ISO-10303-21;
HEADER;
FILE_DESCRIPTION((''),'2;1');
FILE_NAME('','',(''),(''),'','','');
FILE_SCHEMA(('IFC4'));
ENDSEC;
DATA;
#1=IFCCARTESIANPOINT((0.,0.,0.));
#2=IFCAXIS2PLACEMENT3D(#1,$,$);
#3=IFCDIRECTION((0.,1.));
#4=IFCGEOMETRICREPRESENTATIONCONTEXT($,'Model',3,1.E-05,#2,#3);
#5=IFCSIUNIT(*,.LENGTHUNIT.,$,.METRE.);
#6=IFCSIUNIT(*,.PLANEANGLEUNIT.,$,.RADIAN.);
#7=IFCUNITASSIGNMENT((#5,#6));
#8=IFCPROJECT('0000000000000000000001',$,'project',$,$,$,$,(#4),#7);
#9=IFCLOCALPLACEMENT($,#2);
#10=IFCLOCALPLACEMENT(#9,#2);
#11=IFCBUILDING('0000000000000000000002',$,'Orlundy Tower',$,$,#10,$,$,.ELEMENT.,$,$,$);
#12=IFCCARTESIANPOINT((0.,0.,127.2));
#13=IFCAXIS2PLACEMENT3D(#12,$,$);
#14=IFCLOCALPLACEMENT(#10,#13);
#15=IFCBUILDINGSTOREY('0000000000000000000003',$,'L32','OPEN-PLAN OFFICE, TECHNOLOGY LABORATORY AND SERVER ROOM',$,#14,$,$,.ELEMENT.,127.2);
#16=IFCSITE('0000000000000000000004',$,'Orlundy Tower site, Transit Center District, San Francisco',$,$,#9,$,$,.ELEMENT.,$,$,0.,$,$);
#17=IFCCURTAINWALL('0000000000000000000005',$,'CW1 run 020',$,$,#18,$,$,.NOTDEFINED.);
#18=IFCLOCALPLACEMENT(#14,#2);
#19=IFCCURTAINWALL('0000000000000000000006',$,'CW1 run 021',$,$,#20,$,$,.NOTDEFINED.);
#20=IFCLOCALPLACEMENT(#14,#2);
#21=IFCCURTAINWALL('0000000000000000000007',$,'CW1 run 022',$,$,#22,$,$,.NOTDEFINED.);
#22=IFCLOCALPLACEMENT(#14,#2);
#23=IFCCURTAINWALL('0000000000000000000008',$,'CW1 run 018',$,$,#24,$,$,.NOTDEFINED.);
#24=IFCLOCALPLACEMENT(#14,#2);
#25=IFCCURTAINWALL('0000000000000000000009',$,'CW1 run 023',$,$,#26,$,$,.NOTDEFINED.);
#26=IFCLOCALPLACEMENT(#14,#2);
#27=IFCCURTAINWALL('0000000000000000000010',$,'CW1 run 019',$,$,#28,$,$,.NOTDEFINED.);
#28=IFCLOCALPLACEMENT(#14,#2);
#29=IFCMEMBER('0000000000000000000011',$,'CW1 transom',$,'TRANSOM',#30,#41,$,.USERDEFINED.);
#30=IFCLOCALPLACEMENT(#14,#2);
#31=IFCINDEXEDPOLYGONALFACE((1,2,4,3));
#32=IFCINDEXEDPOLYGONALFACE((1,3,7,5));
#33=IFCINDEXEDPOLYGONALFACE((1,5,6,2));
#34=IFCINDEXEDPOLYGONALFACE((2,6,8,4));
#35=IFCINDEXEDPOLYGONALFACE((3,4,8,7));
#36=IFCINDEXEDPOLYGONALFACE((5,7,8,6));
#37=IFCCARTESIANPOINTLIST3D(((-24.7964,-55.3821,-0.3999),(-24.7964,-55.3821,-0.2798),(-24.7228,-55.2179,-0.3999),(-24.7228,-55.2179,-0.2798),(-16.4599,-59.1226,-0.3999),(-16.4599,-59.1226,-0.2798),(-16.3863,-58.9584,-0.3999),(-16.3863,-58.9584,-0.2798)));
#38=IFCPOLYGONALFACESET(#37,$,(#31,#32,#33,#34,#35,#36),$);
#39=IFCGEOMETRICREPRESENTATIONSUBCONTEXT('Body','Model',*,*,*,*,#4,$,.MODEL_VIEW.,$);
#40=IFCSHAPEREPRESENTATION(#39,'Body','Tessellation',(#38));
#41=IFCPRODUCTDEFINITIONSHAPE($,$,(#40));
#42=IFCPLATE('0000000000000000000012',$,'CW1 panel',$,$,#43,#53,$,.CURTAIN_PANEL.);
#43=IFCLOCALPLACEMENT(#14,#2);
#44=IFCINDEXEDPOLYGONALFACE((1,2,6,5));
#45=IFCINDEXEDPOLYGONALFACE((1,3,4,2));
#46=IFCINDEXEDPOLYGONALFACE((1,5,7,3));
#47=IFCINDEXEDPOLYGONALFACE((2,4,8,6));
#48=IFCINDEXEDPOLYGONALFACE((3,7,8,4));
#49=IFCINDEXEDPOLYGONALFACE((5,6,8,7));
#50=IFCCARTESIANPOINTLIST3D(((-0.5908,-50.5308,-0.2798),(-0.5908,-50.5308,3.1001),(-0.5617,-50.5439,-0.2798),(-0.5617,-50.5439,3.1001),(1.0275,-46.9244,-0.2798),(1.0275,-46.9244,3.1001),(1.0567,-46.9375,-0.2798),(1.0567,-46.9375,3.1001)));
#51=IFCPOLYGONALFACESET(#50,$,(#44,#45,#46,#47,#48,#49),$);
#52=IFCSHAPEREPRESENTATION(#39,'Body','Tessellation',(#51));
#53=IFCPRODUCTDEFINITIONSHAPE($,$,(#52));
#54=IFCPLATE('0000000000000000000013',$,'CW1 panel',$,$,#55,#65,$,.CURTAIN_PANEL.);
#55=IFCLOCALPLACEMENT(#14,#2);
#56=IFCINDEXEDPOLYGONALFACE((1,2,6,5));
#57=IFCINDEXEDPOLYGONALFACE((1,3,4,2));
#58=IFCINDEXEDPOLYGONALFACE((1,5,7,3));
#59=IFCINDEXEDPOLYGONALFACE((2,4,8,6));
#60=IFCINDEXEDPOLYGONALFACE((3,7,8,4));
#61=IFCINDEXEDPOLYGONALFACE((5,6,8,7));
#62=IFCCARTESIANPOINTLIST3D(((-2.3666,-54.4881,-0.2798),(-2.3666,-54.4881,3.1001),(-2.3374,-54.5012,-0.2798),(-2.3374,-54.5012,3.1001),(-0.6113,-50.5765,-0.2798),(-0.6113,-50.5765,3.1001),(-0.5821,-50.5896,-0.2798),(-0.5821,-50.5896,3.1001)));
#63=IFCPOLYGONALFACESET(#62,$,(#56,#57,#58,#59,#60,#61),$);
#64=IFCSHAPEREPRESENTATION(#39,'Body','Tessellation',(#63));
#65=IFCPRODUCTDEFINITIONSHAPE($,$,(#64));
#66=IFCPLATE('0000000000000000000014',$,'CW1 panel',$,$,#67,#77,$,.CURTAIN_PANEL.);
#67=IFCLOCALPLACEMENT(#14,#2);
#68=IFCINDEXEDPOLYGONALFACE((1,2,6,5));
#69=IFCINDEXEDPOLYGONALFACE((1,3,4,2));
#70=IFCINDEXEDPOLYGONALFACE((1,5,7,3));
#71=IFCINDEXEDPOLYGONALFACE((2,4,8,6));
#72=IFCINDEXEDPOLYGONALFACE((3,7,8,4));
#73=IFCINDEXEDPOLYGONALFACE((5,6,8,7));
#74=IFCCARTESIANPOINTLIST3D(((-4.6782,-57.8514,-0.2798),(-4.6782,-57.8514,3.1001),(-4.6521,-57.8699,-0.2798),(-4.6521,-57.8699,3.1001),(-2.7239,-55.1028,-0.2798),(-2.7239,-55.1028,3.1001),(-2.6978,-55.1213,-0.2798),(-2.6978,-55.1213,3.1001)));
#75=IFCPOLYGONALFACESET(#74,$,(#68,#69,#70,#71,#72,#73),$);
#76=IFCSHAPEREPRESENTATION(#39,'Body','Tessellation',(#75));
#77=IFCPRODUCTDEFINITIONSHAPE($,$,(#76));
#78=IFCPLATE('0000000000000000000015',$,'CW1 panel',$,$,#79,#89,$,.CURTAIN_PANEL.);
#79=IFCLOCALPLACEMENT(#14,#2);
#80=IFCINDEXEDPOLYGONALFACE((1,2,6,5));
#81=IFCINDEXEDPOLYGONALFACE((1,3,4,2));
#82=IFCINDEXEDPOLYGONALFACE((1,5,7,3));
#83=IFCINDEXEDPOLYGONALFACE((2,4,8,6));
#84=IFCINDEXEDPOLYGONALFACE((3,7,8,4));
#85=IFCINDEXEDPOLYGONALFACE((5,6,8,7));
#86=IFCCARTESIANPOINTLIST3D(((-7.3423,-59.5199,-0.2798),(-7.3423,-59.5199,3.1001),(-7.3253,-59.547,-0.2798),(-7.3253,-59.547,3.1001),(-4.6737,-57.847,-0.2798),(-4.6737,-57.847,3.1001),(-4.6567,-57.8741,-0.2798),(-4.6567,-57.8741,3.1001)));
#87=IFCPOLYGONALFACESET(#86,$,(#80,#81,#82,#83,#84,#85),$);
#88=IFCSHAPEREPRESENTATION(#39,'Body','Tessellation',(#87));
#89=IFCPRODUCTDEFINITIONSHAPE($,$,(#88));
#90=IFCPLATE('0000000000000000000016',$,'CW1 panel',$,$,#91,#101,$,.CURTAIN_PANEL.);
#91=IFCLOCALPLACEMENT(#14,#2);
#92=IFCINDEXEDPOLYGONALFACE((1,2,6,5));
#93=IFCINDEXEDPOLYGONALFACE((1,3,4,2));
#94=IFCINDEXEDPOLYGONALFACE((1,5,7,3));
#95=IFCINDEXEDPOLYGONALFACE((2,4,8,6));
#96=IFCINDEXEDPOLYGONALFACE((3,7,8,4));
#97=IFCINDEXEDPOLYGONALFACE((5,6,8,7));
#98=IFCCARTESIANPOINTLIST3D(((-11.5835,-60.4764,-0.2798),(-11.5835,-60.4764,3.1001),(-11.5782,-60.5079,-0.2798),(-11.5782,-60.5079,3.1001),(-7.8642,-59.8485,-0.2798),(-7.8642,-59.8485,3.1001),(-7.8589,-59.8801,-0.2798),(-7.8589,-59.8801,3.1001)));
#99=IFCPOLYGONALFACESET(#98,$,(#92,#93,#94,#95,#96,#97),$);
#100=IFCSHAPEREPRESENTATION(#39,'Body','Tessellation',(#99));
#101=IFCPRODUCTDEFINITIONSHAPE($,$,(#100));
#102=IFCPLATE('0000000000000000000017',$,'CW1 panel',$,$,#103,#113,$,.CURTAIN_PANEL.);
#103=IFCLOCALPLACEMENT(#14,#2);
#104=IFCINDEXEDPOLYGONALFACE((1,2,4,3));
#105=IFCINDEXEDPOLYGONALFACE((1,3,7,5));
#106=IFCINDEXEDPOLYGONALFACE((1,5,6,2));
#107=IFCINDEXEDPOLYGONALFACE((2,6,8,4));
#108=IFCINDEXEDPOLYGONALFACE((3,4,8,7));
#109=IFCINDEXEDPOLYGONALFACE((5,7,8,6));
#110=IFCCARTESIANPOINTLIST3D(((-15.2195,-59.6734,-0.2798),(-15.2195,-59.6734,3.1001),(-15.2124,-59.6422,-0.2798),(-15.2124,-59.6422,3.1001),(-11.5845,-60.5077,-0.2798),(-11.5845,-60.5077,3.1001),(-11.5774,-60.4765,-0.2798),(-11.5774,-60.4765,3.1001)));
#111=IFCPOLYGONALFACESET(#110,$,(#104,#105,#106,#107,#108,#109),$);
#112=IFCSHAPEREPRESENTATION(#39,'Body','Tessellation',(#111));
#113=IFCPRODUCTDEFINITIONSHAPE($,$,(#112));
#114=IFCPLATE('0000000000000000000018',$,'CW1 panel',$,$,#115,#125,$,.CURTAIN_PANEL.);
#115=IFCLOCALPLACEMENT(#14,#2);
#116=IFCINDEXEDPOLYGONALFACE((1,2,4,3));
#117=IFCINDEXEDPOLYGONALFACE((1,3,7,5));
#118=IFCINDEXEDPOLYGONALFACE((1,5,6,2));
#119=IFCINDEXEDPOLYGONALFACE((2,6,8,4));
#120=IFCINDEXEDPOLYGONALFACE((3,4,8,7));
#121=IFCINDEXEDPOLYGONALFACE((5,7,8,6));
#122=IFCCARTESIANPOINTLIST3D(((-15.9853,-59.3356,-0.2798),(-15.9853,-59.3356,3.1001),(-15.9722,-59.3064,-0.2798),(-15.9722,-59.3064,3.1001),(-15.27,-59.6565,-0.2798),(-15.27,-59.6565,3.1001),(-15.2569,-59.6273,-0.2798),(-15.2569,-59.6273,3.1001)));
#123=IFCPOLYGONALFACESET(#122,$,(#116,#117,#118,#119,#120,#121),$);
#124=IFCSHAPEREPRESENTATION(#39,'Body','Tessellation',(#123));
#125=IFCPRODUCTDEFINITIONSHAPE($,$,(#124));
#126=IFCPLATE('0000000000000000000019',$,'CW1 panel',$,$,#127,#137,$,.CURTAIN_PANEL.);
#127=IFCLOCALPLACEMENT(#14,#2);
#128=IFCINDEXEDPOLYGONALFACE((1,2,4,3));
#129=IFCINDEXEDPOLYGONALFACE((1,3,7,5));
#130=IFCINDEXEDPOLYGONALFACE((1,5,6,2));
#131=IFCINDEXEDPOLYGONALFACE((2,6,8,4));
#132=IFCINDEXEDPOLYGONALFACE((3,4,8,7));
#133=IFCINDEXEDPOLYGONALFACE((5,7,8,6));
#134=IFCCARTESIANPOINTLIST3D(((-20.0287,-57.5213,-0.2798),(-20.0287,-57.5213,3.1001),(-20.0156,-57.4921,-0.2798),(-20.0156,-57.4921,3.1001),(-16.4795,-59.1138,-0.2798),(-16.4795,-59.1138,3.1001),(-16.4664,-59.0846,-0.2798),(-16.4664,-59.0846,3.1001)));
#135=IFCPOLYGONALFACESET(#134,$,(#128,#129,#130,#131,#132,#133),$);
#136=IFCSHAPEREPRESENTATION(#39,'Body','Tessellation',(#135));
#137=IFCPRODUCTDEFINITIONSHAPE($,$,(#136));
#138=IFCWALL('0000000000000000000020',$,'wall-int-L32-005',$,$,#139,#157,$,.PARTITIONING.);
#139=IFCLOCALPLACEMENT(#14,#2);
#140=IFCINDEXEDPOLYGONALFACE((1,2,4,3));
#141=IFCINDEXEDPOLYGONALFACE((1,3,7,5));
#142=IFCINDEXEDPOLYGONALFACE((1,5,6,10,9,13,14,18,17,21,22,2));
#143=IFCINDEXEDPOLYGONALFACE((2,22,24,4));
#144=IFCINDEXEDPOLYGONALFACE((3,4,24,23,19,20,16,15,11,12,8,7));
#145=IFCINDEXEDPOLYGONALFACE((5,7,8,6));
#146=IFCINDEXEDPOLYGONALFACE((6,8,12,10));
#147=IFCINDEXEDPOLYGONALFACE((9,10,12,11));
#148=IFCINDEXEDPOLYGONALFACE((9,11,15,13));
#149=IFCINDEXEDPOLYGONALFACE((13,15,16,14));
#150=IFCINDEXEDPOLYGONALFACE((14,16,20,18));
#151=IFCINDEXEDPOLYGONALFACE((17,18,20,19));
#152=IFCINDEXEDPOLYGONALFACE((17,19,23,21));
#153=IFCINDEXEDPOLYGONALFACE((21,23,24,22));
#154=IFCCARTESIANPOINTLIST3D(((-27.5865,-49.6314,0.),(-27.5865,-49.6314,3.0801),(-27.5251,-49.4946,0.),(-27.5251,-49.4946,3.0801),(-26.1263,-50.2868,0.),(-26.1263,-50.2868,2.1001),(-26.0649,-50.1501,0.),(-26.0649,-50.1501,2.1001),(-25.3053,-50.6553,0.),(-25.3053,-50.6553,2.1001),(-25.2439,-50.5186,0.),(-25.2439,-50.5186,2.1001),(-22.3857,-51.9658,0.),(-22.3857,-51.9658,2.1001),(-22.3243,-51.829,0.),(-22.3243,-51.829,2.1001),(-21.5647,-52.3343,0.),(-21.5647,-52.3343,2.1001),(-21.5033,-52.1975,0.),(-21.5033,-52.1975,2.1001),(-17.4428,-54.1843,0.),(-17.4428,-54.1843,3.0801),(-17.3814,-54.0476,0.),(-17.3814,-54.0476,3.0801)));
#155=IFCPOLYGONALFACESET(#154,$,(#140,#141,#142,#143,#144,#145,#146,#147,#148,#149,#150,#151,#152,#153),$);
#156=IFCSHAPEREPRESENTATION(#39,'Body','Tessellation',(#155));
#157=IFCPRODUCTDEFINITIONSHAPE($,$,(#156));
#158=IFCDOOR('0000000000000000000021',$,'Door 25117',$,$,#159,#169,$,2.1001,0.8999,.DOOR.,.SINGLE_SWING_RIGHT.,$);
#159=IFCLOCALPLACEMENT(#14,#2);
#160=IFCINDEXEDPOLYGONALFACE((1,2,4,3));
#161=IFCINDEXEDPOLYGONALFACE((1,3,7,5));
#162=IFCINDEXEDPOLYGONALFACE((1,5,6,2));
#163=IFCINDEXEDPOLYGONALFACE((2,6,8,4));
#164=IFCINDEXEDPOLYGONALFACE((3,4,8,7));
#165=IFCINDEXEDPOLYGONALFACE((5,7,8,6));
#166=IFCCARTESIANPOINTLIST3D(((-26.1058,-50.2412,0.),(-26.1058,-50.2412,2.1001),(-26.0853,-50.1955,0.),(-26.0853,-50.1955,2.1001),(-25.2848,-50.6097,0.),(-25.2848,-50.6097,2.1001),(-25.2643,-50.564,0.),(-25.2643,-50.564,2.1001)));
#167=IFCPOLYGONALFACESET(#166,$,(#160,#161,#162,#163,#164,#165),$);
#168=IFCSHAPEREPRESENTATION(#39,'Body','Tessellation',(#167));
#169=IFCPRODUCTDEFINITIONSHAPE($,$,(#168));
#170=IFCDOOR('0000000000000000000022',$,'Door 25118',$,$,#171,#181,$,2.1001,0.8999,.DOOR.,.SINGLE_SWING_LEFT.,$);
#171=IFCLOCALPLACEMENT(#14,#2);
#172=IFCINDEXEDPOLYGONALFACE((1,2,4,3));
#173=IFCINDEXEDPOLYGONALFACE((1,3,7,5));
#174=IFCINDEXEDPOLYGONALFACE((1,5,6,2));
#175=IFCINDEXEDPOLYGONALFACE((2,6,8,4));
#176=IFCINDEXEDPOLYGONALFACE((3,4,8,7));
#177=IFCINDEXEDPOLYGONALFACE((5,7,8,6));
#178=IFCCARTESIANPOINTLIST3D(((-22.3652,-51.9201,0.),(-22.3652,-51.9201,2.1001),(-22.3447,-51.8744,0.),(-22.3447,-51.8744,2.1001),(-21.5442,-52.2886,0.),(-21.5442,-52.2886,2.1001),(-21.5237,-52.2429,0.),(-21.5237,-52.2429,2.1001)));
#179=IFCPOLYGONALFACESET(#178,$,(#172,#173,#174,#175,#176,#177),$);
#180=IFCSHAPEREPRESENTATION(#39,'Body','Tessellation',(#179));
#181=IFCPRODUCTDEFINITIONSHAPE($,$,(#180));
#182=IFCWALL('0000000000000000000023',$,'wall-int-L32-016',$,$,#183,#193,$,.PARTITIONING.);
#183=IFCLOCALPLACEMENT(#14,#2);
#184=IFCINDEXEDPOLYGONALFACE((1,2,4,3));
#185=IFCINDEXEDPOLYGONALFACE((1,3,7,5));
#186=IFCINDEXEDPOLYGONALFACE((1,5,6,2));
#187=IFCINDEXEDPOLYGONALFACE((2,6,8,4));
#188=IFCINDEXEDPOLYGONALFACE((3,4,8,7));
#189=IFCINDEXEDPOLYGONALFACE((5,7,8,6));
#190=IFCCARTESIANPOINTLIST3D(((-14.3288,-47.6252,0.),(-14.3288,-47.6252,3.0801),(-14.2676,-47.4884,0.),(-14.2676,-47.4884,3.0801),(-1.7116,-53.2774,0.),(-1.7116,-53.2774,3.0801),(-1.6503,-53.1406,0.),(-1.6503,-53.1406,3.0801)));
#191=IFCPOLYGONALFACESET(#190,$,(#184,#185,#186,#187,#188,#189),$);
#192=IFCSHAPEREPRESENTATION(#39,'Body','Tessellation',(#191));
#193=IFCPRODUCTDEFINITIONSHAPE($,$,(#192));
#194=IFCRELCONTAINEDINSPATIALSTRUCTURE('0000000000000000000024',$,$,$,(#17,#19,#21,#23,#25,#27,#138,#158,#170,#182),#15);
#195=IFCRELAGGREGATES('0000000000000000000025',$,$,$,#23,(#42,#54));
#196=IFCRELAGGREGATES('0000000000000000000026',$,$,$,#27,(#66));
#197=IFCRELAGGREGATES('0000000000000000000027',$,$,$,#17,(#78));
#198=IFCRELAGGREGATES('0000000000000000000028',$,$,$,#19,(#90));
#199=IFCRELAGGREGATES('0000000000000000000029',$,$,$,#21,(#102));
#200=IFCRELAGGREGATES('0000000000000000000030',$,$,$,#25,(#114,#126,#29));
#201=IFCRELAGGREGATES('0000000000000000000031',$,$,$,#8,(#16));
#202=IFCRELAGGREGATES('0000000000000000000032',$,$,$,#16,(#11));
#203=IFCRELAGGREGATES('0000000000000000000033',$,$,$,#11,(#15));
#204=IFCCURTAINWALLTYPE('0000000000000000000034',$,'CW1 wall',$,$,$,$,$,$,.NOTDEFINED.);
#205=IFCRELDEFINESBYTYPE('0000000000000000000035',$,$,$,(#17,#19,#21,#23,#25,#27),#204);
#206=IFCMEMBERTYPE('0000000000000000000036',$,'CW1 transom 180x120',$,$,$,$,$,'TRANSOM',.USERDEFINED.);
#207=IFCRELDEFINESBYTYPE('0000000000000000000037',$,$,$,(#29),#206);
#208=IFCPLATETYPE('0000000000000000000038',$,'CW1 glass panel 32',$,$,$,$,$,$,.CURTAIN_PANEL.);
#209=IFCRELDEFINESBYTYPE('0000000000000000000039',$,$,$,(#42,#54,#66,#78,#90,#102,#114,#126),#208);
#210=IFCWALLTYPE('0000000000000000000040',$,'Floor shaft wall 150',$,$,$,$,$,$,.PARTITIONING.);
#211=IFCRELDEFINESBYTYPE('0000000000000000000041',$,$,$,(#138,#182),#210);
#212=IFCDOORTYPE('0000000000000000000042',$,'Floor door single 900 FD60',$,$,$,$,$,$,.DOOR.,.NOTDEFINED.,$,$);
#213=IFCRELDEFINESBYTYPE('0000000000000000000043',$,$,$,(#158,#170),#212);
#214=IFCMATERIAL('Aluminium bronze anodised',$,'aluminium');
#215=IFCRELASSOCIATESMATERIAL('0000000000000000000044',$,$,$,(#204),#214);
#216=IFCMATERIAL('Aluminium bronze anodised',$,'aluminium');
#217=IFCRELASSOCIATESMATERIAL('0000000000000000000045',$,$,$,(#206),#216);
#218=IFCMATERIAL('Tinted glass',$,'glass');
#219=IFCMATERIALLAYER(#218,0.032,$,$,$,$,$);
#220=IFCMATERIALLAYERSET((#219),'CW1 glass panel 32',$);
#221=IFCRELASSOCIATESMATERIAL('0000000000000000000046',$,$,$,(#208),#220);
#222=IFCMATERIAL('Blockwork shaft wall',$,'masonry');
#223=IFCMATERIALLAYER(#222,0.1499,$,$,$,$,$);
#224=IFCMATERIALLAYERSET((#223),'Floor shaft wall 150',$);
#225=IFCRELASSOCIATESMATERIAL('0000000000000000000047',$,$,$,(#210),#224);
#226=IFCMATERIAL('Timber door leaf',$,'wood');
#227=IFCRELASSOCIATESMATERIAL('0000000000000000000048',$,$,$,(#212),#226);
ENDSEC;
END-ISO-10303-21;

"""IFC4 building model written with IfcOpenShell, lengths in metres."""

from ifc_helpers import new_model, si_unit, direction, frame, frame_2d, origin, origin_2d, place, context, subcontext, project, spatial, rectangle, extrude, material, layer, layer_set, material_profile, profile_set, type_object, element, fill, aggregate, save


model = new_model("IFC4")

# Units and contexts
model_context = context("Model", 3, precision=1e-05, world=origin(), true_north=direction((0.0, 1.0)))
body_context = subcontext(model_context, "Body", "Model", "MODEL_VIEW")
ifc_project = project(units=[si_unit("LENGTHUNIT", "METRE"), si_unit("PLANEANGLEUNIT", "RADIAN")], contexts=[model_context])

# Site, building, storey
site_placement = place(None, origin())
site = spatial("IfcSite", under=ifc_project, at=site_placement, Name="Orlundy Tower site, Transit Center District, San Francisco", CompositionType="ELEMENT", RefElevation=0.0)
building_placement = place(site_placement, origin())
building = spatial("IfcBuilding", under=site, at=building_placement, Name="Orlundy Tower", CompositionType="ELEMENT")
storey_placement = place(building_placement, frame((0.0, 0.0, 127.2)))
storey = spatial("IfcBuildingStorey", under=building, at=storey_placement, Name="L32", Description="OPEN-PLAN OFFICE, TECHNOLOGY LABORATORY AND SERVER ROOM", CompositionType="ELEMENT", Elevation=127.2)

# Curtain walls
ifc_material_1 = material(Name="Aluminium bronze anodised", Category="aluminium")
curtain_wall_type = type_object("IfcCurtainWallType", Name="CW1 wall", PredefinedType="NOTDEFINED", material=ifc_material_1)
curtain_wall_1_placement = place(storey_placement, origin())
curtain_wall_1 = element("IfcCurtainWall", 1, at=curtain_wall_1_placement, inside=storey, type_object=curtain_wall_type, Name="CW1 run 020", PredefinedType="NOTDEFINED")
curtain_wall_2_placement = place(storey_placement, origin())
curtain_wall_2 = element("IfcCurtainWall", 2, at=curtain_wall_2_placement, inside=storey, type_object=curtain_wall_type, Name="CW1 run 021", PredefinedType="NOTDEFINED")
curtain_wall_3_placement = place(storey_placement, origin())
curtain_wall_3 = element("IfcCurtainWall", 3, at=curtain_wall_3_placement, inside=storey, type_object=curtain_wall_type, Name="CW1 run 022", PredefinedType="NOTDEFINED")
curtain_wall_4_placement = place(storey_placement, origin())
curtain_wall_4 = element("IfcCurtainWall", 4, at=curtain_wall_4_placement, inside=storey, type_object=curtain_wall_type, Name="CW1 run 018", PredefinedType="NOTDEFINED")
curtain_wall_5_placement = place(storey_placement, origin())
curtain_wall_5 = element("IfcCurtainWall", 5, at=curtain_wall_5_placement, inside=storey, type_object=curtain_wall_type, Name="CW1 run 023", PredefinedType="NOTDEFINED")
curtain_wall_6_placement = place(storey_placement, origin())
curtain_wall_6 = element("IfcCurtainWall", 6, at=curtain_wall_6_placement, inside=storey, type_object=curtain_wall_type, Name="CW1 run 019", PredefinedType="NOTDEFINED")
ifc_material_2 = material(Name="Aluminium bronze anodised", Category="aluminium")
ifc_material_profile_1 = material_profile(ifc_material_2, rectangle(XDim=0.1799, YDim=0.1201, at=origin_2d()), Name="CW1 transom 180x120")
ifc_profile_set_1 = profile_set([ifc_material_profile_1], Name="Aluminium bronze anodised")
member_type_1 = type_object("IfcMemberType", Name="CW1 transom 180x120", ElementType="TRANSOM", PredefinedType="USERDEFINED", material=ifc_profile_set_1)

# Member
member_1_placement = place(storey_placement, frame((-16.4231, -59.0405, -0.3398), z_axis=(-0.912368, 0.409371, 0.0), x_axis=(-0.409371, -0.912368, 0.0)))
member_1 = element("IfcMember", 7, at=member_1_placement, type_object=member_type_1, Name="CW1 transom", ObjectType="TRANSOM", PredefinedType="USERDEFINED", context=body_context, shape_type="SweptSolid", body=[
    extrude(rectangle(XDim=0.1799, YDim=0.1201, at=origin_2d()), origin(), (0.0, 0.0, 1.0), 9.1372),
])

# Plates
ifc_material_3 = material(Name="Tinted glass", Category="glass")
ifc_layer_1 = layer(ifc_material_3, 0.032)
ifc_layer_set_1 = layer_set([ifc_layer_1], Name="CW1 glass panel 32")
plate_type = type_object("IfcPlateType", Name="CW1 glass panel 32", PredefinedType="CURTAIN_PANEL", material=ifc_layer_set_1)
plate_1_placement = place(storey_placement, frame((0.2329, -48.7341, -0.2798), z_axis=(0.0, 0.0, 1.0), x_axis=(-0.409405, -0.912353, 0.0)))
plate_1 = element("IfcPlate", 8, at=plate_1_placement, type_object=plate_type, Name="CW1 panel", PredefinedType="CURTAIN_PANEL", context=body_context, shape_type="SweptSolid", body=[
    extrude(rectangle(XDim=3.9529, YDim=0.032, at=origin_2d()), origin(), (0.0, 0.0, 1.0), 3.3799),
])
plate_2_placement = place(storey_placement, frame((-1.4744, -52.5388, -0.2798), z_axis=(0.0, 0.0, 1.0), x_axis=(-0.409405, -0.912353, 0.0)))
plate_2 = element("IfcPlate", 9, at=plate_2_placement, type_object=plate_type, Name="CW1 panel", PredefinedType="CURTAIN_PANEL", context=body_context, shape_type="SweptSolid", body=[
    extrude(rectangle(XDim=4.2874, YDim=0.032, at=origin_2d()), origin(), (0.0, 0.0, 1.0), 3.3799),
])
aggregate(curtain_wall_4, [plate_1, plate_2])
plate_3_placement = place(storey_placement, frame((-3.688, -56.4863, -0.2798), z_axis=(0.0, 0.0, 1.0), x_axis=(-0.579476, -0.814989, 0.0)))
plate_3 = element("IfcPlate", 10, at=plate_3_placement, type_object=plate_type, Name="CW1 panel", PredefinedType="CURTAIN_PANEL", context=body_context, shape_type="SweptSolid", body=[
    extrude(rectangle(XDim=3.3726, YDim=0.032, at=origin_2d()), origin(), (0.0, 0.0, 1.0), 3.3799),
])
aggregate(curtain_wall_6, [plate_3])
plate_4_placement = place(storey_placement, frame((-5.9995, -58.697, -0.2798), z_axis=(0.0, 0.0, 1.0), x_axis=(-0.847285, -0.531138, 0.0)))
plate_4 = element("IfcPlate", 11, at=plate_4_placement, type_object=plate_type, Name="CW1 panel", PredefinedType="CURTAIN_PANEL", context=body_context, shape_type="SweptSolid", body=[
    extrude(rectangle(XDim=3.1497, YDim=0.032, at=origin_2d()), origin(), (0.0, 0.0, 1.0), 3.3799),
])
aggregate(curtain_wall_1, [plate_4])
plate_5_placement = place(storey_placement, frame((-9.7212, -60.1782, -0.2798), z_axis=(0.0, 0.0, 1.0), x_axis=(-0.986049, -0.166455, 0.0)))
plate_5 = element("IfcPlate", 12, at=plate_5_placement, type_object=plate_type, Name="CW1 panel", PredefinedType="CURTAIN_PANEL", context=body_context, shape_type="SweptSolid", body=[
    extrude(rectangle(XDim=3.772, YDim=0.032, at=origin_2d()), origin(), (0.0, 0.0, 1.0), 3.3799),
])
aggregate(curtain_wall_2, [plate_5])
plate_6_placement = place(storey_placement, frame((-13.3984, -60.075, -0.2798), z_axis=(0.0, 0.0, 1.0), x_axis=(-0.974659, 0.223697, 0.0)))
plate_6 = element("IfcPlate", 13, at=plate_6_placement, type_object=plate_type, Name="CW1 panel", PredefinedType="CURTAIN_PANEL", context=body_context, shape_type="SweptSolid", body=[
    extrude(rectangle(XDim=3.7295, YDim=0.032, at=origin_2d()), origin(), (0.0, 0.0, 1.0), 3.3799),
])
aggregate(curtain_wall_3, [plate_6])
plate_7_placement = place(storey_placement, frame((-15.6211, -59.4814, -0.2798), z_axis=(0.0, 0.0, 1.0), x_axis=(-0.912366, 0.409374, 0.0)))
plate_7 = element("IfcPlate", 14, at=plate_7_placement, type_object=plate_type, Name="CW1 panel", PredefinedType="CURTAIN_PANEL", context=body_context, shape_type="SweptSolid", body=[
    extrude(rectangle(XDim=0.7839, YDim=0.032, at=origin_2d()), origin(), (0.0, 0.0, 1.0), 3.3799),
])
plate_8_placement = place(storey_placement, frame((-18.2476, -58.303, -0.2798), z_axis=(0.0, 0.0, 1.0), x_axis=(-0.912366, 0.409374, 0.0)))
plate_8 = element("IfcPlate", 15, at=plate_8_placement, type_object=plate_type, Name="CW1 panel", PredefinedType="CURTAIN_PANEL", context=body_context, shape_type="SweptSolid", body=[
    extrude(rectangle(XDim=3.8901, YDim=0.032, at=origin_2d()), origin(), (0.0, 0.0, 1.0), 3.3799),
])
aggregate(curtain_wall_5, [plate_7, plate_8, member_1])

# Wall, openings, doors
ifc_material_4 = material(Name="Blockwork shaft wall", Category="masonry")
ifc_layer_2 = layer(ifc_material_4, 0.1499)
ifc_layer_set_2 = layer_set([ifc_layer_2], Name="Floor shaft wall 150")
wall_type = type_object("IfcWallType", Name="Floor shaft wall 150", PredefinedType="PARTITIONING", material=ifc_layer_set_2)
wall_1_placement = place(storey_placement, frame((-17.4121, -54.116, 0.0), z_axis=(0.0, 0.0, 1.0), x_axis=(-0.912316, 0.409487, 0.0)))
wall_1 = element("IfcWall", 16, at=wall_1_placement, inside=storey, type_object=wall_type, Name="wall-int-L32-005", PredefinedType="PARTITIONING", context=body_context, shape_type="SweptSolid", body=[
    extrude(rectangle(XDim=11.1187, YDim=0.1499, at=frame_2d((5.5593, 0.0))), origin(), (0.0, 0.0, 1.0), 3.0801),
])
opening_1_placement = place(wall_1_placement, frame((8.6182, 0.0, 0.0)))
opening_1 = element("IfcOpeningElement", 17, at=opening_1_placement, cuts=wall_1, PredefinedType="OPENING", context=body_context, shape_type="SweptSolid", body=[
    extrude(rectangle(XDim=0.8999, YDim=2.1001, at=frame_2d((0.45, 1.05))), frame((0.0, 0.085, 0.0), z_axis=(0.0, -1.0, 0.0), x_axis=(1.0, 0.0, 0.0)), (0.0, 0.0, 1.0), 0.1699),
])
opening_2_placement = place(wall_1_placement, frame((4.5181, 0.0, 0.0)))
opening_2 = element("IfcOpeningElement", 18, at=opening_2_placement, cuts=wall_1, PredefinedType="OPENING", context=body_context, shape_type="SweptSolid", body=[
    extrude(rectangle(XDim=0.8999, YDim=2.1001, at=frame_2d((0.45, 1.05))), frame((0.0, 0.085, 0.0), z_axis=(0.0, -1.0, 0.0), x_axis=(1.0, 0.0, 0.0)), (0.0, 0.0, 1.0), 0.1699),
])
ifc_material_5 = material(Name="Timber door leaf", Category="wood")
door_type = type_object("IfcDoorType", Name="Floor door single 900 FD60", OperationType="NOTDEFINED", PredefinedType="DOOR", material=ifc_material_5)
door_1_placement = place(opening_1_placement, origin())
door_1 = element("IfcDoor", 19, at=door_1_placement, inside=storey, type_object=door_type, Name="Door 25117", OperationType="SINGLE_SWING_RIGHT", OverallHeight=2.1001, OverallWidth=0.8999, PredefinedType="DOOR", context=body_context, shape_type="SweptSolid", body=[
    extrude(rectangle(XDim=0.8999, YDim=2.1001, at=frame_2d((0.45, 1.05))), frame((0.0, 0.0249, 0.0), z_axis=(0.0, -1.0, 0.0), x_axis=(1.0, 0.0, 0.0)), (0.0, 0.0, 1.0), 0.05),
])
fill(opening_1, door_1)
door_2_placement = place(opening_2_placement, origin())
door_2 = element("IfcDoor", 20, at=door_2_placement, inside=storey, type_object=door_type, Name="Door 25118", OperationType="SINGLE_SWING_LEFT", OverallHeight=2.1001, OverallWidth=0.8999, PredefinedType="DOOR", context=body_context, shape_type="SweptSolid", body=[
    extrude(rectangle(XDim=0.8999, YDim=2.1001, at=frame_2d((0.45, 1.05))), frame((0.0, 0.0249, 0.0), z_axis=(0.0, -1.0, 0.0), x_axis=(1.0, 0.0, 0.0)), (0.0, 0.0, 1.0), 0.05),
])
fill(opening_2, door_2)

# Wall
wall_2_placement = place(storey_placement, frame((-14.2981, -47.5569, 0.0), z_axis=(0.0, 0.0, 1.0), x_axis=(0.912614, -0.408822, 0.0)))
element("IfcWall", 21, at=wall_2_placement, inside=storey, type_object=wall_type, Name="wall-int-L32-016", PredefinedType="PARTITIONING", context=body_context, shape_type="SweptSolid", body=[
    extrude(rectangle(XDim=13.8254, YDim=0.1499, at=frame_2d((6.9126, 0.0))), origin(), (0.0, 0.0, 1.0), 3.0801),
])

save(model, "model.ifc")
